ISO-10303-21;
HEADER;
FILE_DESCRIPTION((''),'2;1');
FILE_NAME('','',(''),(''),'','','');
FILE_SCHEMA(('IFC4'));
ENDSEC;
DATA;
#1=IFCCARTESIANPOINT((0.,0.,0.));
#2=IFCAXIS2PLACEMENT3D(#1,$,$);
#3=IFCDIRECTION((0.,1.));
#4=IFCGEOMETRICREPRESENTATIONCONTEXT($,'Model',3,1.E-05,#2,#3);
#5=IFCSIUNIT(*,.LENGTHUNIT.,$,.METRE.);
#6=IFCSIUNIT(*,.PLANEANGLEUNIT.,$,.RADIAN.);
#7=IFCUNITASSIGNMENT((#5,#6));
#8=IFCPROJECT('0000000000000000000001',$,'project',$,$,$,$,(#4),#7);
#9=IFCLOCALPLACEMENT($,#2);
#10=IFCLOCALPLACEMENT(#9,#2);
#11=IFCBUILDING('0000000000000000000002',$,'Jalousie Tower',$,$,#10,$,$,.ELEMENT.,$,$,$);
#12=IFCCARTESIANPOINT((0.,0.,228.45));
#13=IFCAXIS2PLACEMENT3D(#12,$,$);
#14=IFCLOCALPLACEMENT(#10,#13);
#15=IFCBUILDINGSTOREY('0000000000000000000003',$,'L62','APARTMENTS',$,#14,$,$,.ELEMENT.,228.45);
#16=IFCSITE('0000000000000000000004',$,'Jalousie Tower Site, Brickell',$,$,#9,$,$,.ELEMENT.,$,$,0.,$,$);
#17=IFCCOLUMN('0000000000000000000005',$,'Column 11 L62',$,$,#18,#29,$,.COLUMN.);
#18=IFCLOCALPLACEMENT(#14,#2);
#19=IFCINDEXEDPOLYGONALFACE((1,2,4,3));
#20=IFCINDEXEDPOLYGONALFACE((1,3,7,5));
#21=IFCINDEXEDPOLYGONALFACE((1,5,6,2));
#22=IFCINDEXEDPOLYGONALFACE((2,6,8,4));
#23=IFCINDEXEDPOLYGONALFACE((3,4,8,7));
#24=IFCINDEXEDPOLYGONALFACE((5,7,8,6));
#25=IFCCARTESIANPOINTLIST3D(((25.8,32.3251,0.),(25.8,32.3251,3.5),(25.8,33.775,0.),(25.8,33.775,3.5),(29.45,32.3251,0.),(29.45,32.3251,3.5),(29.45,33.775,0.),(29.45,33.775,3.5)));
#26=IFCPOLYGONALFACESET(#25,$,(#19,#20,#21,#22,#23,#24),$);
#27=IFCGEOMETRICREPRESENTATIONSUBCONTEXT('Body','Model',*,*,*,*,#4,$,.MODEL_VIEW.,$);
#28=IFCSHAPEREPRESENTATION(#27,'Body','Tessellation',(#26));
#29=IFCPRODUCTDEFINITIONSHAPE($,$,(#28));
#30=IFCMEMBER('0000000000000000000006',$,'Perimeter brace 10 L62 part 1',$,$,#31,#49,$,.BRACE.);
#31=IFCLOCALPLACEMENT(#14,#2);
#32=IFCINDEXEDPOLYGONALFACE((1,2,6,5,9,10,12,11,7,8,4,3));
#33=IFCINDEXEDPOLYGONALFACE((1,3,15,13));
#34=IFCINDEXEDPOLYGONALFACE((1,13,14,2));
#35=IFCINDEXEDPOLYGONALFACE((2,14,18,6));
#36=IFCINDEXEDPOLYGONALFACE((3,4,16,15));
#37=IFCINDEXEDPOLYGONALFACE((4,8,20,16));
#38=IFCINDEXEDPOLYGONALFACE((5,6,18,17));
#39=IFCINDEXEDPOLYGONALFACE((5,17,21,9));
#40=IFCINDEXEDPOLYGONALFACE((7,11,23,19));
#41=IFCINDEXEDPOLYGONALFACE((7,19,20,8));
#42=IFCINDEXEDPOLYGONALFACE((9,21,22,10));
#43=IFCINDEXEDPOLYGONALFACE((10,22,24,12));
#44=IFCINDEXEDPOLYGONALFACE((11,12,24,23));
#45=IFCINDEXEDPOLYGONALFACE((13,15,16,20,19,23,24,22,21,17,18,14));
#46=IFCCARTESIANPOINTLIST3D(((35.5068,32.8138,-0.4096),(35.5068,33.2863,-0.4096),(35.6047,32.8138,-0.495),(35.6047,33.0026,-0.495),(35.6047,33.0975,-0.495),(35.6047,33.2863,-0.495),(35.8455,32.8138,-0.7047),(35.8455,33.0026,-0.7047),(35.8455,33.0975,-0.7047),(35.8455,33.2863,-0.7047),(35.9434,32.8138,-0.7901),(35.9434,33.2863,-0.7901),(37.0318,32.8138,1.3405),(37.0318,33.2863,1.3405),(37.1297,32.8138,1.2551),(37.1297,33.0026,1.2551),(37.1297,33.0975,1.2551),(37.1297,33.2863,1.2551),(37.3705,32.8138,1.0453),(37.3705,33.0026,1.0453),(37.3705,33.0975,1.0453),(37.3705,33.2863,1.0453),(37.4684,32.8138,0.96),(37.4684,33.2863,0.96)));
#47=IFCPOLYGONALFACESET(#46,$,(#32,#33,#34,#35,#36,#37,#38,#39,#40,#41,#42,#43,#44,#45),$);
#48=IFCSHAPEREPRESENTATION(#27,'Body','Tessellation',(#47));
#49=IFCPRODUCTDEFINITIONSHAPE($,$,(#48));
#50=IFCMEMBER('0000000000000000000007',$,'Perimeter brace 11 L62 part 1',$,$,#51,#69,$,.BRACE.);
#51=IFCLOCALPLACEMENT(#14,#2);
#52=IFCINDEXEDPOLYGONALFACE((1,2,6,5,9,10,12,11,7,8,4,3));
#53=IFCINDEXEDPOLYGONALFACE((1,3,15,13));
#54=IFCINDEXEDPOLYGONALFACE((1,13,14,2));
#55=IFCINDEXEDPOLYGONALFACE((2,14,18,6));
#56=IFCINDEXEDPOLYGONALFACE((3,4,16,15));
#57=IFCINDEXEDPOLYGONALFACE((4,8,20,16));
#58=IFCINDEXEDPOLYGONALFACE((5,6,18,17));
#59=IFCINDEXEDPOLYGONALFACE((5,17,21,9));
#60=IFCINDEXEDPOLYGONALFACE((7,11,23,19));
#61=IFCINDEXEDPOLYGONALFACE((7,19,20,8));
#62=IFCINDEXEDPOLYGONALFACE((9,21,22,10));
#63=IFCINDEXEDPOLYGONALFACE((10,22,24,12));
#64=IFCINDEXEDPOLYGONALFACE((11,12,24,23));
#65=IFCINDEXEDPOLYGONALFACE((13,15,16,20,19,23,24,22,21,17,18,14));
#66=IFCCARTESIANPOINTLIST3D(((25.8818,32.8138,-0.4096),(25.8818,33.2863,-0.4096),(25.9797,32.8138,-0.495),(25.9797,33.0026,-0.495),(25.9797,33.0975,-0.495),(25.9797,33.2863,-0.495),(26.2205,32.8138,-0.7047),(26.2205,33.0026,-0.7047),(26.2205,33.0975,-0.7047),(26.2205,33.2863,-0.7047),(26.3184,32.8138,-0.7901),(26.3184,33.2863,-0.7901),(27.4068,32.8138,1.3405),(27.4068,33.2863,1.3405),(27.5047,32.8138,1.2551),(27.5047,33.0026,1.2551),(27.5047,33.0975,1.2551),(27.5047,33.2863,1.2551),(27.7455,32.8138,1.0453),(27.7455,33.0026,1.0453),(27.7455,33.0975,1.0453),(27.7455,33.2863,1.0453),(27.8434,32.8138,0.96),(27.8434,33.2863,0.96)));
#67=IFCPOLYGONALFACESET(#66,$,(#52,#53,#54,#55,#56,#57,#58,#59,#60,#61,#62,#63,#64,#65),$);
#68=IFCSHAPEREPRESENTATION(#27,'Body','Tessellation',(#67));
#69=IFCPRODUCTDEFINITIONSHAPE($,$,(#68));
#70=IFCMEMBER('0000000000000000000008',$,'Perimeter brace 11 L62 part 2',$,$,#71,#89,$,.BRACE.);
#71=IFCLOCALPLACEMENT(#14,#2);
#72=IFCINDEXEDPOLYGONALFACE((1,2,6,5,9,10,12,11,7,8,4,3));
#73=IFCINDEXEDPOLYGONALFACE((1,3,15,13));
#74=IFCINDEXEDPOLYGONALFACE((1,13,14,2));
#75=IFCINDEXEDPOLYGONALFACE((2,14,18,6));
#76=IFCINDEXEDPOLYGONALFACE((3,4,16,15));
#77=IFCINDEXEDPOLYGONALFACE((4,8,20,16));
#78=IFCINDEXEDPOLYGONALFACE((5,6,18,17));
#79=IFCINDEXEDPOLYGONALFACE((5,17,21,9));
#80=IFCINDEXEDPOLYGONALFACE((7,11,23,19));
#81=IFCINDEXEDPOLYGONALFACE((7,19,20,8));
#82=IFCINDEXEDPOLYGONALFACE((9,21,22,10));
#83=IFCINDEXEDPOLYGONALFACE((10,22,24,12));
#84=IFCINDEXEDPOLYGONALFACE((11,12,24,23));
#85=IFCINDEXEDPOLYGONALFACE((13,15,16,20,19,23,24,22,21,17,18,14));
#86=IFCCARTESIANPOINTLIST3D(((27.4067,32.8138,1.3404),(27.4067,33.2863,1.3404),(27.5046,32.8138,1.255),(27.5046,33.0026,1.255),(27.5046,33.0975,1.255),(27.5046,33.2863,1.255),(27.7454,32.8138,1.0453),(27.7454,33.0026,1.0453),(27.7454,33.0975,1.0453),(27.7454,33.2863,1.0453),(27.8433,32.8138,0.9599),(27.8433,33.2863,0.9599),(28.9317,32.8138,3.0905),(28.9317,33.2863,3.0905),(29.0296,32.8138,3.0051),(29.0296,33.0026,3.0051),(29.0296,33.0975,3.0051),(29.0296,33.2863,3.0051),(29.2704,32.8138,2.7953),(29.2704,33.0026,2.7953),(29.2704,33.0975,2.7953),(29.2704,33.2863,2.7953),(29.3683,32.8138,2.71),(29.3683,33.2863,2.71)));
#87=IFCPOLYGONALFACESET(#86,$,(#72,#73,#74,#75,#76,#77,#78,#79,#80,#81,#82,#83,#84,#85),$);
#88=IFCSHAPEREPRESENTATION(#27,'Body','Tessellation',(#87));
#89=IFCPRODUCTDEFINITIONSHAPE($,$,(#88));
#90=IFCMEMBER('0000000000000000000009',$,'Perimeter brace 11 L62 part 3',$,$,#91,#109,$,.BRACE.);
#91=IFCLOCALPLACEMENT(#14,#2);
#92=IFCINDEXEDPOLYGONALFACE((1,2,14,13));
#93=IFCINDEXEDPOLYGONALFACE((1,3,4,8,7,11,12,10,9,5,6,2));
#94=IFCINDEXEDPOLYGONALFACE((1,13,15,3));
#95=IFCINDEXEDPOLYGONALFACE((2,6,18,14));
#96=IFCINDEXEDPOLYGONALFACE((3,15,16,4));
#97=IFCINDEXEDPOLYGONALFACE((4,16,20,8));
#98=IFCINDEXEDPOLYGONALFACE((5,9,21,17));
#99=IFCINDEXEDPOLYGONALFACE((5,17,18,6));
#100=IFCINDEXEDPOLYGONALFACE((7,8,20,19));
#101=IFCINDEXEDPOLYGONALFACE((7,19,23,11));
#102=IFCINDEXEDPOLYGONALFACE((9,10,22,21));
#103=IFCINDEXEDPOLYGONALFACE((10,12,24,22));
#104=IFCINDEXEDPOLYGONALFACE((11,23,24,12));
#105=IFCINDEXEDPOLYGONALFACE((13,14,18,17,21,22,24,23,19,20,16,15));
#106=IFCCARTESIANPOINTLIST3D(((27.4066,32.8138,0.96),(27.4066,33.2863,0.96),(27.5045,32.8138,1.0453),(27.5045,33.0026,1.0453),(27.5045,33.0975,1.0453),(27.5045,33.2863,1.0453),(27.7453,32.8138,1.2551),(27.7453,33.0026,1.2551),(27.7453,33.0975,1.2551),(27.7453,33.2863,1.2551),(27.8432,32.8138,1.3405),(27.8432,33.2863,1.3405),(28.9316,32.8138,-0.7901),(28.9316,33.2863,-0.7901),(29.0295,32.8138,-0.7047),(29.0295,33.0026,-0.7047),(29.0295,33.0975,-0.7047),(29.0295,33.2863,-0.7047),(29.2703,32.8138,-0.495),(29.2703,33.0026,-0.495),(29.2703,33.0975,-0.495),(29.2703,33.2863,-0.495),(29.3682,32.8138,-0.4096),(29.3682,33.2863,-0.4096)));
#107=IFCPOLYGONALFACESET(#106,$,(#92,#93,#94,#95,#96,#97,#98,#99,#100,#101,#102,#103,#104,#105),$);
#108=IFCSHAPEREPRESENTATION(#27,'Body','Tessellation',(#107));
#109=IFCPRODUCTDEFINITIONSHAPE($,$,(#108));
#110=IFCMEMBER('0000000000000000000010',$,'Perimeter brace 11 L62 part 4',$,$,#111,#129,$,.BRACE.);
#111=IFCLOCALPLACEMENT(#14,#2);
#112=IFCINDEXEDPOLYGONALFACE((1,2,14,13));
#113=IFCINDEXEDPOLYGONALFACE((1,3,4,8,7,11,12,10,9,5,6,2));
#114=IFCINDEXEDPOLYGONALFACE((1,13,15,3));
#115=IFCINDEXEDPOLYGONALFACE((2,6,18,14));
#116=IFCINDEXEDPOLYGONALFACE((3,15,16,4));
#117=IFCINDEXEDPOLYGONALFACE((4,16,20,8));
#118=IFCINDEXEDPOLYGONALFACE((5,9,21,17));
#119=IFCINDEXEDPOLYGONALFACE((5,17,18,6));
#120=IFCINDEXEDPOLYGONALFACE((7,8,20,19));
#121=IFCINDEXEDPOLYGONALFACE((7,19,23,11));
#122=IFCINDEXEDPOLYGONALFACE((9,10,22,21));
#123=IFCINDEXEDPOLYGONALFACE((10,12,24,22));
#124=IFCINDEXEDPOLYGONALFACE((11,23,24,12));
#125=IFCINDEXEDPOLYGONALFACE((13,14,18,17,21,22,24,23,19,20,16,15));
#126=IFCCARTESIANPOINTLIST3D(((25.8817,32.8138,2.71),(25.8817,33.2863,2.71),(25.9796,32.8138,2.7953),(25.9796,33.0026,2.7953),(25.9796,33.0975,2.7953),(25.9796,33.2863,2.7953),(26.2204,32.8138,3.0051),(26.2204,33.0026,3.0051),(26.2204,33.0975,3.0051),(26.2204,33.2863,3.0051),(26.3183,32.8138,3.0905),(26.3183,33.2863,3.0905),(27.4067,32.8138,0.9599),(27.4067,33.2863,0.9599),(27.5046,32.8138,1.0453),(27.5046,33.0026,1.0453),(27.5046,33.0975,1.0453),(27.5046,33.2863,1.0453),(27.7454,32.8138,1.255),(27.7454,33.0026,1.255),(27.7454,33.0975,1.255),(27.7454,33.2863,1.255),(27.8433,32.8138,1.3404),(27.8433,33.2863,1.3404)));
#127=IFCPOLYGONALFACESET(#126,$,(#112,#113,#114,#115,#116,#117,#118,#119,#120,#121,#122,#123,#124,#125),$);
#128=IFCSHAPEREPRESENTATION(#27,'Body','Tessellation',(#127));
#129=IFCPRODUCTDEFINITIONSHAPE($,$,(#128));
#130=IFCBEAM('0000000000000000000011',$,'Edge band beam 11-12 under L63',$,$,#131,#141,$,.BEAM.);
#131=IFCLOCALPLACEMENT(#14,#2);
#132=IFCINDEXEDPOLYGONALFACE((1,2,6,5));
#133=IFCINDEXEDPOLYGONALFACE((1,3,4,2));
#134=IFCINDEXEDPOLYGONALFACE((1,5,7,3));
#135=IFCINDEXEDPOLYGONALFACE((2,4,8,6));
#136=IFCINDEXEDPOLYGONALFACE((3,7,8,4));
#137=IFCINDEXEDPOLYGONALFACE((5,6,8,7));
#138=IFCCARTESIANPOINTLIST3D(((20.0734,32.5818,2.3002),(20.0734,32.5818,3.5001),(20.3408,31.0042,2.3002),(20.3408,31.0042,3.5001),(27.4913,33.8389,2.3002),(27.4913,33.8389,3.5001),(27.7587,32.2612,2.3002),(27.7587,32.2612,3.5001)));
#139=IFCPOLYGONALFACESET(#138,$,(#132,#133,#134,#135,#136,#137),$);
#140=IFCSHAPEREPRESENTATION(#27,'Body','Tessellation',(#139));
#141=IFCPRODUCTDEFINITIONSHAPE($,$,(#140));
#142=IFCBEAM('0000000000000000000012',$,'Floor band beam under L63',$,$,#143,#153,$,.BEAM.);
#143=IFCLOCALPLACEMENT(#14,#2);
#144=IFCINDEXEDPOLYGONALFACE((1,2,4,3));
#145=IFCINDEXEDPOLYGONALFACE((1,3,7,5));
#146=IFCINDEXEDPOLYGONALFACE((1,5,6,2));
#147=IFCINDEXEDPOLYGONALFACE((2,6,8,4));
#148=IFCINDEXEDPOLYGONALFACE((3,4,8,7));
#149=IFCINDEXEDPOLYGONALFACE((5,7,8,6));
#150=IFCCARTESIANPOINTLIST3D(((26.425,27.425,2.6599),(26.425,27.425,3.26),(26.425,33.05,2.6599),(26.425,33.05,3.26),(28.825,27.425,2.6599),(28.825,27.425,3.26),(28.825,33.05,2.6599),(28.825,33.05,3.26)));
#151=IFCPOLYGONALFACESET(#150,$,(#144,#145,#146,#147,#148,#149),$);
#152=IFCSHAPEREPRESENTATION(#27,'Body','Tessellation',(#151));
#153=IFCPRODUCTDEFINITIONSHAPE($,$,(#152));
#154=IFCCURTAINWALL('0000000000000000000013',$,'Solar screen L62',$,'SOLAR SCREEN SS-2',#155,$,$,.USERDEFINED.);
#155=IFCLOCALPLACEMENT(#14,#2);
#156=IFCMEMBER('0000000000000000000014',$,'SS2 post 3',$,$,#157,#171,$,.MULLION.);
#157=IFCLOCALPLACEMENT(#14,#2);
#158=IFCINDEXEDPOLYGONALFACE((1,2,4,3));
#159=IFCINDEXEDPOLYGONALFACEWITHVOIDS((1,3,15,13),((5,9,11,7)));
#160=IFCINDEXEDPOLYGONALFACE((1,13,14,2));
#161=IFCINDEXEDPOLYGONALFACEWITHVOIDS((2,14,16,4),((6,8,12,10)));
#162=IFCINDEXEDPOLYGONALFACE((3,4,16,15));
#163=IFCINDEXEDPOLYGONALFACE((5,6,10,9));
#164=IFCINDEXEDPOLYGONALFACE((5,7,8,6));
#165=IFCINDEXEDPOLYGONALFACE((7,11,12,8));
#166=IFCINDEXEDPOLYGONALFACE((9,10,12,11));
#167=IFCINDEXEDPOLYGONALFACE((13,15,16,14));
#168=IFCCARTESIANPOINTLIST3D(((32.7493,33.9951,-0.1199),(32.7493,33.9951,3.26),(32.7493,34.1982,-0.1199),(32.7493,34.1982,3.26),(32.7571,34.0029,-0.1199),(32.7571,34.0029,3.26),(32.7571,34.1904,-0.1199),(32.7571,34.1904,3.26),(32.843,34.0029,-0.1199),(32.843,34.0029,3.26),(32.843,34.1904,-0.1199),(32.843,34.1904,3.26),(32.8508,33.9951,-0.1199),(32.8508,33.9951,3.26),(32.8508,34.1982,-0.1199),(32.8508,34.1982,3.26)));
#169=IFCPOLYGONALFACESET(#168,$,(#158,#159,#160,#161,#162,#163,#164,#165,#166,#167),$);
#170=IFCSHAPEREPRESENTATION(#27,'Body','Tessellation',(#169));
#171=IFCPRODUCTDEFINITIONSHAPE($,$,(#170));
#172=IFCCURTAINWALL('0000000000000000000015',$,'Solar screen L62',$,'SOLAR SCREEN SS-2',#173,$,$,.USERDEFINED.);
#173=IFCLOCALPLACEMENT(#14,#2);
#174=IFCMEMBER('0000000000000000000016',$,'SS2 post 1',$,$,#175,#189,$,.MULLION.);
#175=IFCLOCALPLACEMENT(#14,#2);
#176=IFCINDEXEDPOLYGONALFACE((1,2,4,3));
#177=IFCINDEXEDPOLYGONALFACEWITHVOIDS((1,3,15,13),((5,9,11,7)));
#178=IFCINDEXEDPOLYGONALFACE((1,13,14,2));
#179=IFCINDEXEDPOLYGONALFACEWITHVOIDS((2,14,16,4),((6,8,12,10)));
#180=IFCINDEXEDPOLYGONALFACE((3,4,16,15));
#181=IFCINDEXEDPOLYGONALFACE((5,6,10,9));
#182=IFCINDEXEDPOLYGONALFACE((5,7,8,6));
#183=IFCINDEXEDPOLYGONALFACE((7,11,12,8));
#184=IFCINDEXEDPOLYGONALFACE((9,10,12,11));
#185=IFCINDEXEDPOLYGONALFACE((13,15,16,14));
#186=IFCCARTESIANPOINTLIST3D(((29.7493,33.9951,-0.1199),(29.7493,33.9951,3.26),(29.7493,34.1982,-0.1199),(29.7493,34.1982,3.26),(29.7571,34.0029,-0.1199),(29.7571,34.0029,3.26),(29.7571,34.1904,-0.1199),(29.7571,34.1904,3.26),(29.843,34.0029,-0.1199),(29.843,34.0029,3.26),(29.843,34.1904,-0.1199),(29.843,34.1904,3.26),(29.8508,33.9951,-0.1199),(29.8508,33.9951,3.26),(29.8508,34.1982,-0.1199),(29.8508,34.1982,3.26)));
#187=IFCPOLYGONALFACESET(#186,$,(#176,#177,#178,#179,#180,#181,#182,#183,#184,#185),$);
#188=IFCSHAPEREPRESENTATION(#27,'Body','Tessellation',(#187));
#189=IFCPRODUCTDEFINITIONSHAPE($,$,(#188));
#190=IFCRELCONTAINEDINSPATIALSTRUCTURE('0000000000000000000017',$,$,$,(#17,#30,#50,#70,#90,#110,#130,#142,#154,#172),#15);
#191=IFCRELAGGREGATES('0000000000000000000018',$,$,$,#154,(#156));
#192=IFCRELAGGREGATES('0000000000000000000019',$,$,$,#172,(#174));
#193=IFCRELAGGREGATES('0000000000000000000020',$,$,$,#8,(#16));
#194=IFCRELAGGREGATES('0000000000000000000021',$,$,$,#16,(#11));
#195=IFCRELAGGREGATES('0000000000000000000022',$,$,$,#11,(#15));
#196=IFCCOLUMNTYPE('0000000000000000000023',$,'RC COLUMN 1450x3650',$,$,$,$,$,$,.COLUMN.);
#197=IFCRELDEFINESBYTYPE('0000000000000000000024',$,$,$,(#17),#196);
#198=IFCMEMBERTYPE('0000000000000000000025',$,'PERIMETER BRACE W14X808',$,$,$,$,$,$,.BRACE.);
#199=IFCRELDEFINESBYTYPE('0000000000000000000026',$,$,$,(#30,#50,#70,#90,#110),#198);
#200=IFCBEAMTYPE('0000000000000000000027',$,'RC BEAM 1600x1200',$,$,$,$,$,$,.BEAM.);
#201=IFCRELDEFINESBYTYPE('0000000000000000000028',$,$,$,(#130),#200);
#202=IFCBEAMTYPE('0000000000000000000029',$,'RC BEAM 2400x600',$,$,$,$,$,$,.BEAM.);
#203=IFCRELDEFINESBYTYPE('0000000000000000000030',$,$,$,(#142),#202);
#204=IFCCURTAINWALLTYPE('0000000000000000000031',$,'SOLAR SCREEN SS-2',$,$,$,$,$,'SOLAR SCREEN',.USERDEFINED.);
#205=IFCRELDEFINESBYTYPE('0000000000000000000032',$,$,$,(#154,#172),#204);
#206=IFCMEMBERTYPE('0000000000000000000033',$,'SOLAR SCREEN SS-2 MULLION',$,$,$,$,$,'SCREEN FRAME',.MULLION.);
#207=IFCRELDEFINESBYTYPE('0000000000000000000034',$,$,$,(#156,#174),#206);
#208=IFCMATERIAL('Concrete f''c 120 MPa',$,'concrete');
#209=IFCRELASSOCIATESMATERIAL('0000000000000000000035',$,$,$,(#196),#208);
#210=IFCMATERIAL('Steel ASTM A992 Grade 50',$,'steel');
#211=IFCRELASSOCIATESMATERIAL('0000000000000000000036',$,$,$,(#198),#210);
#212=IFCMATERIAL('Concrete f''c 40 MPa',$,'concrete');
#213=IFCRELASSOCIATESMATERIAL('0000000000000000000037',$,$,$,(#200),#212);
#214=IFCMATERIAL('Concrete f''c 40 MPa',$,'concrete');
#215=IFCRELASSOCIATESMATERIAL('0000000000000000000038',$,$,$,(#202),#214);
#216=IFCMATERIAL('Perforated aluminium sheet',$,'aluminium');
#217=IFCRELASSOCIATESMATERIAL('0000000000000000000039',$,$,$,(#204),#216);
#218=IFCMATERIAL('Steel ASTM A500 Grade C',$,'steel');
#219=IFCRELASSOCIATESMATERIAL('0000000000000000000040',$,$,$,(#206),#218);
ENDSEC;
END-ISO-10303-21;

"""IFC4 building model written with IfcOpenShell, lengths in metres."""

from ifc_helpers import new_model, si_unit, direction, frame, origin, origin_2d, place, context, subcontext, project, spatial, rectangle, hollow_rectangle, i_section, extrude, material, material_profile, profile_set, type_object, element, aggregate, save


model = new_model("IFC4")

# Units and contexts
model_context = context("Model", 3, precision=1e-05, world=origin(), true_north=direction((0.0, 1.0)))
body_context = subcontext(model_context, "Body", "Model", "MODEL_VIEW")
ifc_project = project(units=[si_unit("LENGTHUNIT", "METRE"), si_unit("PLANEANGLEUNIT", "RADIAN")], contexts=[model_context])

# Site, building, storey
site_placement = place(None, origin())
site = spatial("IfcSite", under=ifc_project, at=site_placement, Name="Jalousie Tower Site, Brickell", CompositionType="ELEMENT", RefElevation=0.0)
building_placement = place(site_placement, origin())
building = spatial("IfcBuilding", under=site, at=building_placement, Name="Jalousie Tower", CompositionType="ELEMENT")
storey_placement = place(building_placement, frame((0.0, 0.0, 228.45)))
storey = spatial("IfcBuildingStorey", under=building, at=storey_placement, Name="L62", Description="APARTMENTS", CompositionType="ELEMENT", Elevation=228.45)

# Column
ifc_material_1 = material(Name="Concrete f'c 120 MPa", Category="concrete")
ifc_material_profile_1 = material_profile(ifc_material_1, rectangle(XDim=1.45, YDim=3.6499, at=origin_2d()), Name="RC 1450x3650")
ifc_profile_set_1 = profile_set([ifc_material_profile_1], Name="Concrete f'c 120 MPa")
column_type = type_object("IfcColumnType", Name="RC COLUMN 1450x3650", PredefinedType="COLUMN", material=ifc_profile_set_1)
column_placement = place(storey_placement, frame((27.625, 33.05, 0.0), z_axis=(0.0, 0.0, 1.0), x_axis=(0.0, 1.0, 0.0)))
element("IfcColumn", 1, at=column_placement, inside=storey, type_object=column_type, Name="Column 11 L62", PredefinedType="COLUMN", context=body_context, shape_type="SweptSolid", body=[
    extrude(rectangle(XDim=1.45, YDim=3.6499, at=origin_2d()), origin(), (0.0, 0.0, 1.0), 3.5),
])

# Members
ifc_material_2 = material(Name="Steel ASTM A992 Grade 50", Category="steel")
ifc_material_profile_2 = material_profile(ifc_material_2, i_section(OverallWidth=0.4724, OverallDepth=0.5791, WebThickness=0.095, FlangeThickness=0.1299, at=origin_2d()), Name="W14X808")
ifc_profile_set_2 = profile_set([ifc_material_profile_2], Name="Steel ASTM A992 Grade 50")
member_type_1 = type_object("IfcMemberType", Name="PERIMETER BRACE W14X808", PredefinedType="BRACE", material=ifc_profile_set_2)
for number, where, z_axis, x_axis, name in (
    (2, (35.7251, 33.05, -0.5999), (0.656954, 0.0, 0.75393), (0.0, 1.0, 0.0), "Perimeter brace 10 L62 part 1"),
    (3, (26.1001, 33.05, -0.5999), (0.656954, 0.0, 0.75393), (0.0, 1.0, 0.0), "Perimeter brace 11 L62 part 1"),
    (4, (27.625, 33.05, 1.1501), (0.656954, 0.0, 0.75393), (0.0, 1.0, 0.0), "Perimeter brace 11 L62 part 2"),
    (5, (29.1499, 33.05, -0.5999), (-0.656954, 0.0, 0.75393), (0.0, -1.0, 0.0), "Perimeter brace 11 L62 part 3"),
    (6, (27.625, 33.05, 1.1501), (-0.656954, 0.0, 0.75393), (0.0, -1.0, 0.0), "Perimeter brace 11 L62 part 4"),
):
    element("IfcMember", number, at=place(storey_placement, frame(where, z_axis=z_axis, x_axis=x_axis)), inside=storey, type_object=member_type_1, Name=name, PredefinedType="BRACE", context=body_context, shape_type="SweptSolid", body=[
        extrude(i_section(OverallWidth=0.4724, OverallDepth=0.5791, WebThickness=0.095, FlangeThickness=0.1299, at=origin_2d()), origin(), (0.0, 0.0, 1.0), 2.3213),
    ])

# Beams
ifc_material_3 = material(Name="Concrete f'c 40 MPa", Category="concrete")
ifc_material_profile_3 = material_profile(ifc_material_3, rectangle(XDim=1.6001, YDim=1.2, at=origin_2d()), Name="RC 1600x1200")
ifc_profile_set_3 = profile_set([ifc_material_profile_3], Name="Concrete f'c 40 MPa")
beam_type_1 = type_object("IfcBeamType", Name="RC BEAM 1600x1200", PredefinedType="BEAM", material=ifc_profile_set_3)
beam_1_placement = place(storey_placement, frame((27.625, 33.05, 2.9001), z_axis=(-0.985943, -0.167082, 0.0), x_axis=(0.167082, -0.985943, 0.0)))
element("IfcBeam", 7, at=beam_1_placement, inside=storey, type_object=beam_type_1, Name="Edge band beam 11-12 under L63", PredefinedType="BEAM", context=body_context, shape_type="SweptSolid", body=[
    extrude(rectangle(XDim=1.6001, YDim=1.2, at=origin_2d()), origin(), (0.0, 0.0, 1.0), 7.5237),
])
ifc_material_4 = material(Name="Concrete f'c 40 MPa", Category="concrete")
ifc_material_profile_4 = material_profile(ifc_material_4, rectangle(XDim=2.3999, YDim=0.6001, at=origin_2d()), Name="RC 2400x600")
ifc_profile_set_4 = profile_set([ifc_material_profile_4], Name="Concrete f'c 40 MPa")
beam_type_2 = type_object("IfcBeamType", Name="RC BEAM 2400x600", PredefinedType="BEAM", material=ifc_profile_set_4)
beam_2_placement = place(storey_placement, frame((27.625, 33.05, 2.96), z_axis=(0.0, -1.0, 0.0), x_axis=(1.0, 0.0, 0.0)))
element("IfcBeam", 8, at=beam_2_placement, inside=storey, type_object=beam_type_2, Name="Floor band beam under L63", PredefinedType="BEAM", context=body_context, shape_type="SweptSolid", body=[
    extrude(rectangle(XDim=2.3999, YDim=0.6001, at=origin_2d()), origin(), (0.0, 0.0, 1.0), 5.625),
])

# Curtain wall, member
ifc_material_5 = material(Name="Perforated aluminium sheet", Category="aluminium")
curtain_wall_type = type_object("IfcCurtainWallType", Name="SOLAR SCREEN SS-2", ElementType="SOLAR SCREEN", PredefinedType="USERDEFINED", material=ifc_material_5)
curtain_wall_1_placement = place(storey_placement, origin())
curtain_wall_1 = element("IfcCurtainWall", 9, at=curtain_wall_1_placement, inside=storey, type_object=curtain_wall_type, Name="Solar screen L62", ObjectType="SOLAR SCREEN SS-2", PredefinedType="USERDEFINED")
ifc_material_6 = material(Name="Steel ASTM A500 Grade C", Category="steel")
ifc_material_profile_5 = material_profile(ifc_material_6, hollow_rectangle(XDim=0.1016, YDim=0.2031, WallThickness=0.0078, at=origin_2d()), Name="HSS8X4X5/16")
ifc_profile_set_5 = profile_set([ifc_material_profile_5], Name="Steel ASTM A500 Grade C")
member_type_2 = type_object("IfcMemberType", Name="SOLAR SCREEN SS-2 MULLION", ElementType="SCREEN FRAME", PredefinedType="MULLION", material=ifc_profile_set_5)
member_1_placement = place(storey_placement, frame((32.8, 34.0967, -0.1199), z_axis=(0.0, 0.0, 1.0), x_axis=(-1.0, 0.0, 0.0)))
member_1 = element("IfcMember", 10, at=member_1_placement, type_object=member_type_2, Name="SS2 post 3", PredefinedType="MULLION", context=body_context, shape_type="SweptSolid", body=[
    extrude(hollow_rectangle(XDim=0.1016, YDim=0.2031, WallThickness=0.0078, at=origin_2d()), origin(), (0.0, 0.0, 1.0), 3.3799),
])

# Curtain wall, member
curtain_wall_2_placement = place(storey_placement, origin())
curtain_wall_2 = element("IfcCurtainWall", 11, at=curtain_wall_2_placement, inside=storey, type_object=curtain_wall_type, Name="Solar screen L62", ObjectType="SOLAR SCREEN SS-2", PredefinedType="USERDEFINED")
member_2_placement = place(storey_placement, frame((29.8, 34.0967, -0.1199), z_axis=(0.0, 0.0, 1.0), x_axis=(-1.0, 0.0, 0.0)))
member_2 = element("IfcMember", 12, at=member_2_placement, type_object=member_type_2, Name="SS2 post 1", PredefinedType="MULLION", context=body_context, shape_type="SweptSolid", body=[
    extrude(hollow_rectangle(XDim=0.1016, YDim=0.2031, WallThickness=0.0078, at=origin_2d()), origin(), (0.0, 0.0, 1.0), 3.3799),
])

aggregate(curtain_wall_1, [member_1])
aggregate(curtain_wall_2, [member_2])

save(model, "model.ifc")
